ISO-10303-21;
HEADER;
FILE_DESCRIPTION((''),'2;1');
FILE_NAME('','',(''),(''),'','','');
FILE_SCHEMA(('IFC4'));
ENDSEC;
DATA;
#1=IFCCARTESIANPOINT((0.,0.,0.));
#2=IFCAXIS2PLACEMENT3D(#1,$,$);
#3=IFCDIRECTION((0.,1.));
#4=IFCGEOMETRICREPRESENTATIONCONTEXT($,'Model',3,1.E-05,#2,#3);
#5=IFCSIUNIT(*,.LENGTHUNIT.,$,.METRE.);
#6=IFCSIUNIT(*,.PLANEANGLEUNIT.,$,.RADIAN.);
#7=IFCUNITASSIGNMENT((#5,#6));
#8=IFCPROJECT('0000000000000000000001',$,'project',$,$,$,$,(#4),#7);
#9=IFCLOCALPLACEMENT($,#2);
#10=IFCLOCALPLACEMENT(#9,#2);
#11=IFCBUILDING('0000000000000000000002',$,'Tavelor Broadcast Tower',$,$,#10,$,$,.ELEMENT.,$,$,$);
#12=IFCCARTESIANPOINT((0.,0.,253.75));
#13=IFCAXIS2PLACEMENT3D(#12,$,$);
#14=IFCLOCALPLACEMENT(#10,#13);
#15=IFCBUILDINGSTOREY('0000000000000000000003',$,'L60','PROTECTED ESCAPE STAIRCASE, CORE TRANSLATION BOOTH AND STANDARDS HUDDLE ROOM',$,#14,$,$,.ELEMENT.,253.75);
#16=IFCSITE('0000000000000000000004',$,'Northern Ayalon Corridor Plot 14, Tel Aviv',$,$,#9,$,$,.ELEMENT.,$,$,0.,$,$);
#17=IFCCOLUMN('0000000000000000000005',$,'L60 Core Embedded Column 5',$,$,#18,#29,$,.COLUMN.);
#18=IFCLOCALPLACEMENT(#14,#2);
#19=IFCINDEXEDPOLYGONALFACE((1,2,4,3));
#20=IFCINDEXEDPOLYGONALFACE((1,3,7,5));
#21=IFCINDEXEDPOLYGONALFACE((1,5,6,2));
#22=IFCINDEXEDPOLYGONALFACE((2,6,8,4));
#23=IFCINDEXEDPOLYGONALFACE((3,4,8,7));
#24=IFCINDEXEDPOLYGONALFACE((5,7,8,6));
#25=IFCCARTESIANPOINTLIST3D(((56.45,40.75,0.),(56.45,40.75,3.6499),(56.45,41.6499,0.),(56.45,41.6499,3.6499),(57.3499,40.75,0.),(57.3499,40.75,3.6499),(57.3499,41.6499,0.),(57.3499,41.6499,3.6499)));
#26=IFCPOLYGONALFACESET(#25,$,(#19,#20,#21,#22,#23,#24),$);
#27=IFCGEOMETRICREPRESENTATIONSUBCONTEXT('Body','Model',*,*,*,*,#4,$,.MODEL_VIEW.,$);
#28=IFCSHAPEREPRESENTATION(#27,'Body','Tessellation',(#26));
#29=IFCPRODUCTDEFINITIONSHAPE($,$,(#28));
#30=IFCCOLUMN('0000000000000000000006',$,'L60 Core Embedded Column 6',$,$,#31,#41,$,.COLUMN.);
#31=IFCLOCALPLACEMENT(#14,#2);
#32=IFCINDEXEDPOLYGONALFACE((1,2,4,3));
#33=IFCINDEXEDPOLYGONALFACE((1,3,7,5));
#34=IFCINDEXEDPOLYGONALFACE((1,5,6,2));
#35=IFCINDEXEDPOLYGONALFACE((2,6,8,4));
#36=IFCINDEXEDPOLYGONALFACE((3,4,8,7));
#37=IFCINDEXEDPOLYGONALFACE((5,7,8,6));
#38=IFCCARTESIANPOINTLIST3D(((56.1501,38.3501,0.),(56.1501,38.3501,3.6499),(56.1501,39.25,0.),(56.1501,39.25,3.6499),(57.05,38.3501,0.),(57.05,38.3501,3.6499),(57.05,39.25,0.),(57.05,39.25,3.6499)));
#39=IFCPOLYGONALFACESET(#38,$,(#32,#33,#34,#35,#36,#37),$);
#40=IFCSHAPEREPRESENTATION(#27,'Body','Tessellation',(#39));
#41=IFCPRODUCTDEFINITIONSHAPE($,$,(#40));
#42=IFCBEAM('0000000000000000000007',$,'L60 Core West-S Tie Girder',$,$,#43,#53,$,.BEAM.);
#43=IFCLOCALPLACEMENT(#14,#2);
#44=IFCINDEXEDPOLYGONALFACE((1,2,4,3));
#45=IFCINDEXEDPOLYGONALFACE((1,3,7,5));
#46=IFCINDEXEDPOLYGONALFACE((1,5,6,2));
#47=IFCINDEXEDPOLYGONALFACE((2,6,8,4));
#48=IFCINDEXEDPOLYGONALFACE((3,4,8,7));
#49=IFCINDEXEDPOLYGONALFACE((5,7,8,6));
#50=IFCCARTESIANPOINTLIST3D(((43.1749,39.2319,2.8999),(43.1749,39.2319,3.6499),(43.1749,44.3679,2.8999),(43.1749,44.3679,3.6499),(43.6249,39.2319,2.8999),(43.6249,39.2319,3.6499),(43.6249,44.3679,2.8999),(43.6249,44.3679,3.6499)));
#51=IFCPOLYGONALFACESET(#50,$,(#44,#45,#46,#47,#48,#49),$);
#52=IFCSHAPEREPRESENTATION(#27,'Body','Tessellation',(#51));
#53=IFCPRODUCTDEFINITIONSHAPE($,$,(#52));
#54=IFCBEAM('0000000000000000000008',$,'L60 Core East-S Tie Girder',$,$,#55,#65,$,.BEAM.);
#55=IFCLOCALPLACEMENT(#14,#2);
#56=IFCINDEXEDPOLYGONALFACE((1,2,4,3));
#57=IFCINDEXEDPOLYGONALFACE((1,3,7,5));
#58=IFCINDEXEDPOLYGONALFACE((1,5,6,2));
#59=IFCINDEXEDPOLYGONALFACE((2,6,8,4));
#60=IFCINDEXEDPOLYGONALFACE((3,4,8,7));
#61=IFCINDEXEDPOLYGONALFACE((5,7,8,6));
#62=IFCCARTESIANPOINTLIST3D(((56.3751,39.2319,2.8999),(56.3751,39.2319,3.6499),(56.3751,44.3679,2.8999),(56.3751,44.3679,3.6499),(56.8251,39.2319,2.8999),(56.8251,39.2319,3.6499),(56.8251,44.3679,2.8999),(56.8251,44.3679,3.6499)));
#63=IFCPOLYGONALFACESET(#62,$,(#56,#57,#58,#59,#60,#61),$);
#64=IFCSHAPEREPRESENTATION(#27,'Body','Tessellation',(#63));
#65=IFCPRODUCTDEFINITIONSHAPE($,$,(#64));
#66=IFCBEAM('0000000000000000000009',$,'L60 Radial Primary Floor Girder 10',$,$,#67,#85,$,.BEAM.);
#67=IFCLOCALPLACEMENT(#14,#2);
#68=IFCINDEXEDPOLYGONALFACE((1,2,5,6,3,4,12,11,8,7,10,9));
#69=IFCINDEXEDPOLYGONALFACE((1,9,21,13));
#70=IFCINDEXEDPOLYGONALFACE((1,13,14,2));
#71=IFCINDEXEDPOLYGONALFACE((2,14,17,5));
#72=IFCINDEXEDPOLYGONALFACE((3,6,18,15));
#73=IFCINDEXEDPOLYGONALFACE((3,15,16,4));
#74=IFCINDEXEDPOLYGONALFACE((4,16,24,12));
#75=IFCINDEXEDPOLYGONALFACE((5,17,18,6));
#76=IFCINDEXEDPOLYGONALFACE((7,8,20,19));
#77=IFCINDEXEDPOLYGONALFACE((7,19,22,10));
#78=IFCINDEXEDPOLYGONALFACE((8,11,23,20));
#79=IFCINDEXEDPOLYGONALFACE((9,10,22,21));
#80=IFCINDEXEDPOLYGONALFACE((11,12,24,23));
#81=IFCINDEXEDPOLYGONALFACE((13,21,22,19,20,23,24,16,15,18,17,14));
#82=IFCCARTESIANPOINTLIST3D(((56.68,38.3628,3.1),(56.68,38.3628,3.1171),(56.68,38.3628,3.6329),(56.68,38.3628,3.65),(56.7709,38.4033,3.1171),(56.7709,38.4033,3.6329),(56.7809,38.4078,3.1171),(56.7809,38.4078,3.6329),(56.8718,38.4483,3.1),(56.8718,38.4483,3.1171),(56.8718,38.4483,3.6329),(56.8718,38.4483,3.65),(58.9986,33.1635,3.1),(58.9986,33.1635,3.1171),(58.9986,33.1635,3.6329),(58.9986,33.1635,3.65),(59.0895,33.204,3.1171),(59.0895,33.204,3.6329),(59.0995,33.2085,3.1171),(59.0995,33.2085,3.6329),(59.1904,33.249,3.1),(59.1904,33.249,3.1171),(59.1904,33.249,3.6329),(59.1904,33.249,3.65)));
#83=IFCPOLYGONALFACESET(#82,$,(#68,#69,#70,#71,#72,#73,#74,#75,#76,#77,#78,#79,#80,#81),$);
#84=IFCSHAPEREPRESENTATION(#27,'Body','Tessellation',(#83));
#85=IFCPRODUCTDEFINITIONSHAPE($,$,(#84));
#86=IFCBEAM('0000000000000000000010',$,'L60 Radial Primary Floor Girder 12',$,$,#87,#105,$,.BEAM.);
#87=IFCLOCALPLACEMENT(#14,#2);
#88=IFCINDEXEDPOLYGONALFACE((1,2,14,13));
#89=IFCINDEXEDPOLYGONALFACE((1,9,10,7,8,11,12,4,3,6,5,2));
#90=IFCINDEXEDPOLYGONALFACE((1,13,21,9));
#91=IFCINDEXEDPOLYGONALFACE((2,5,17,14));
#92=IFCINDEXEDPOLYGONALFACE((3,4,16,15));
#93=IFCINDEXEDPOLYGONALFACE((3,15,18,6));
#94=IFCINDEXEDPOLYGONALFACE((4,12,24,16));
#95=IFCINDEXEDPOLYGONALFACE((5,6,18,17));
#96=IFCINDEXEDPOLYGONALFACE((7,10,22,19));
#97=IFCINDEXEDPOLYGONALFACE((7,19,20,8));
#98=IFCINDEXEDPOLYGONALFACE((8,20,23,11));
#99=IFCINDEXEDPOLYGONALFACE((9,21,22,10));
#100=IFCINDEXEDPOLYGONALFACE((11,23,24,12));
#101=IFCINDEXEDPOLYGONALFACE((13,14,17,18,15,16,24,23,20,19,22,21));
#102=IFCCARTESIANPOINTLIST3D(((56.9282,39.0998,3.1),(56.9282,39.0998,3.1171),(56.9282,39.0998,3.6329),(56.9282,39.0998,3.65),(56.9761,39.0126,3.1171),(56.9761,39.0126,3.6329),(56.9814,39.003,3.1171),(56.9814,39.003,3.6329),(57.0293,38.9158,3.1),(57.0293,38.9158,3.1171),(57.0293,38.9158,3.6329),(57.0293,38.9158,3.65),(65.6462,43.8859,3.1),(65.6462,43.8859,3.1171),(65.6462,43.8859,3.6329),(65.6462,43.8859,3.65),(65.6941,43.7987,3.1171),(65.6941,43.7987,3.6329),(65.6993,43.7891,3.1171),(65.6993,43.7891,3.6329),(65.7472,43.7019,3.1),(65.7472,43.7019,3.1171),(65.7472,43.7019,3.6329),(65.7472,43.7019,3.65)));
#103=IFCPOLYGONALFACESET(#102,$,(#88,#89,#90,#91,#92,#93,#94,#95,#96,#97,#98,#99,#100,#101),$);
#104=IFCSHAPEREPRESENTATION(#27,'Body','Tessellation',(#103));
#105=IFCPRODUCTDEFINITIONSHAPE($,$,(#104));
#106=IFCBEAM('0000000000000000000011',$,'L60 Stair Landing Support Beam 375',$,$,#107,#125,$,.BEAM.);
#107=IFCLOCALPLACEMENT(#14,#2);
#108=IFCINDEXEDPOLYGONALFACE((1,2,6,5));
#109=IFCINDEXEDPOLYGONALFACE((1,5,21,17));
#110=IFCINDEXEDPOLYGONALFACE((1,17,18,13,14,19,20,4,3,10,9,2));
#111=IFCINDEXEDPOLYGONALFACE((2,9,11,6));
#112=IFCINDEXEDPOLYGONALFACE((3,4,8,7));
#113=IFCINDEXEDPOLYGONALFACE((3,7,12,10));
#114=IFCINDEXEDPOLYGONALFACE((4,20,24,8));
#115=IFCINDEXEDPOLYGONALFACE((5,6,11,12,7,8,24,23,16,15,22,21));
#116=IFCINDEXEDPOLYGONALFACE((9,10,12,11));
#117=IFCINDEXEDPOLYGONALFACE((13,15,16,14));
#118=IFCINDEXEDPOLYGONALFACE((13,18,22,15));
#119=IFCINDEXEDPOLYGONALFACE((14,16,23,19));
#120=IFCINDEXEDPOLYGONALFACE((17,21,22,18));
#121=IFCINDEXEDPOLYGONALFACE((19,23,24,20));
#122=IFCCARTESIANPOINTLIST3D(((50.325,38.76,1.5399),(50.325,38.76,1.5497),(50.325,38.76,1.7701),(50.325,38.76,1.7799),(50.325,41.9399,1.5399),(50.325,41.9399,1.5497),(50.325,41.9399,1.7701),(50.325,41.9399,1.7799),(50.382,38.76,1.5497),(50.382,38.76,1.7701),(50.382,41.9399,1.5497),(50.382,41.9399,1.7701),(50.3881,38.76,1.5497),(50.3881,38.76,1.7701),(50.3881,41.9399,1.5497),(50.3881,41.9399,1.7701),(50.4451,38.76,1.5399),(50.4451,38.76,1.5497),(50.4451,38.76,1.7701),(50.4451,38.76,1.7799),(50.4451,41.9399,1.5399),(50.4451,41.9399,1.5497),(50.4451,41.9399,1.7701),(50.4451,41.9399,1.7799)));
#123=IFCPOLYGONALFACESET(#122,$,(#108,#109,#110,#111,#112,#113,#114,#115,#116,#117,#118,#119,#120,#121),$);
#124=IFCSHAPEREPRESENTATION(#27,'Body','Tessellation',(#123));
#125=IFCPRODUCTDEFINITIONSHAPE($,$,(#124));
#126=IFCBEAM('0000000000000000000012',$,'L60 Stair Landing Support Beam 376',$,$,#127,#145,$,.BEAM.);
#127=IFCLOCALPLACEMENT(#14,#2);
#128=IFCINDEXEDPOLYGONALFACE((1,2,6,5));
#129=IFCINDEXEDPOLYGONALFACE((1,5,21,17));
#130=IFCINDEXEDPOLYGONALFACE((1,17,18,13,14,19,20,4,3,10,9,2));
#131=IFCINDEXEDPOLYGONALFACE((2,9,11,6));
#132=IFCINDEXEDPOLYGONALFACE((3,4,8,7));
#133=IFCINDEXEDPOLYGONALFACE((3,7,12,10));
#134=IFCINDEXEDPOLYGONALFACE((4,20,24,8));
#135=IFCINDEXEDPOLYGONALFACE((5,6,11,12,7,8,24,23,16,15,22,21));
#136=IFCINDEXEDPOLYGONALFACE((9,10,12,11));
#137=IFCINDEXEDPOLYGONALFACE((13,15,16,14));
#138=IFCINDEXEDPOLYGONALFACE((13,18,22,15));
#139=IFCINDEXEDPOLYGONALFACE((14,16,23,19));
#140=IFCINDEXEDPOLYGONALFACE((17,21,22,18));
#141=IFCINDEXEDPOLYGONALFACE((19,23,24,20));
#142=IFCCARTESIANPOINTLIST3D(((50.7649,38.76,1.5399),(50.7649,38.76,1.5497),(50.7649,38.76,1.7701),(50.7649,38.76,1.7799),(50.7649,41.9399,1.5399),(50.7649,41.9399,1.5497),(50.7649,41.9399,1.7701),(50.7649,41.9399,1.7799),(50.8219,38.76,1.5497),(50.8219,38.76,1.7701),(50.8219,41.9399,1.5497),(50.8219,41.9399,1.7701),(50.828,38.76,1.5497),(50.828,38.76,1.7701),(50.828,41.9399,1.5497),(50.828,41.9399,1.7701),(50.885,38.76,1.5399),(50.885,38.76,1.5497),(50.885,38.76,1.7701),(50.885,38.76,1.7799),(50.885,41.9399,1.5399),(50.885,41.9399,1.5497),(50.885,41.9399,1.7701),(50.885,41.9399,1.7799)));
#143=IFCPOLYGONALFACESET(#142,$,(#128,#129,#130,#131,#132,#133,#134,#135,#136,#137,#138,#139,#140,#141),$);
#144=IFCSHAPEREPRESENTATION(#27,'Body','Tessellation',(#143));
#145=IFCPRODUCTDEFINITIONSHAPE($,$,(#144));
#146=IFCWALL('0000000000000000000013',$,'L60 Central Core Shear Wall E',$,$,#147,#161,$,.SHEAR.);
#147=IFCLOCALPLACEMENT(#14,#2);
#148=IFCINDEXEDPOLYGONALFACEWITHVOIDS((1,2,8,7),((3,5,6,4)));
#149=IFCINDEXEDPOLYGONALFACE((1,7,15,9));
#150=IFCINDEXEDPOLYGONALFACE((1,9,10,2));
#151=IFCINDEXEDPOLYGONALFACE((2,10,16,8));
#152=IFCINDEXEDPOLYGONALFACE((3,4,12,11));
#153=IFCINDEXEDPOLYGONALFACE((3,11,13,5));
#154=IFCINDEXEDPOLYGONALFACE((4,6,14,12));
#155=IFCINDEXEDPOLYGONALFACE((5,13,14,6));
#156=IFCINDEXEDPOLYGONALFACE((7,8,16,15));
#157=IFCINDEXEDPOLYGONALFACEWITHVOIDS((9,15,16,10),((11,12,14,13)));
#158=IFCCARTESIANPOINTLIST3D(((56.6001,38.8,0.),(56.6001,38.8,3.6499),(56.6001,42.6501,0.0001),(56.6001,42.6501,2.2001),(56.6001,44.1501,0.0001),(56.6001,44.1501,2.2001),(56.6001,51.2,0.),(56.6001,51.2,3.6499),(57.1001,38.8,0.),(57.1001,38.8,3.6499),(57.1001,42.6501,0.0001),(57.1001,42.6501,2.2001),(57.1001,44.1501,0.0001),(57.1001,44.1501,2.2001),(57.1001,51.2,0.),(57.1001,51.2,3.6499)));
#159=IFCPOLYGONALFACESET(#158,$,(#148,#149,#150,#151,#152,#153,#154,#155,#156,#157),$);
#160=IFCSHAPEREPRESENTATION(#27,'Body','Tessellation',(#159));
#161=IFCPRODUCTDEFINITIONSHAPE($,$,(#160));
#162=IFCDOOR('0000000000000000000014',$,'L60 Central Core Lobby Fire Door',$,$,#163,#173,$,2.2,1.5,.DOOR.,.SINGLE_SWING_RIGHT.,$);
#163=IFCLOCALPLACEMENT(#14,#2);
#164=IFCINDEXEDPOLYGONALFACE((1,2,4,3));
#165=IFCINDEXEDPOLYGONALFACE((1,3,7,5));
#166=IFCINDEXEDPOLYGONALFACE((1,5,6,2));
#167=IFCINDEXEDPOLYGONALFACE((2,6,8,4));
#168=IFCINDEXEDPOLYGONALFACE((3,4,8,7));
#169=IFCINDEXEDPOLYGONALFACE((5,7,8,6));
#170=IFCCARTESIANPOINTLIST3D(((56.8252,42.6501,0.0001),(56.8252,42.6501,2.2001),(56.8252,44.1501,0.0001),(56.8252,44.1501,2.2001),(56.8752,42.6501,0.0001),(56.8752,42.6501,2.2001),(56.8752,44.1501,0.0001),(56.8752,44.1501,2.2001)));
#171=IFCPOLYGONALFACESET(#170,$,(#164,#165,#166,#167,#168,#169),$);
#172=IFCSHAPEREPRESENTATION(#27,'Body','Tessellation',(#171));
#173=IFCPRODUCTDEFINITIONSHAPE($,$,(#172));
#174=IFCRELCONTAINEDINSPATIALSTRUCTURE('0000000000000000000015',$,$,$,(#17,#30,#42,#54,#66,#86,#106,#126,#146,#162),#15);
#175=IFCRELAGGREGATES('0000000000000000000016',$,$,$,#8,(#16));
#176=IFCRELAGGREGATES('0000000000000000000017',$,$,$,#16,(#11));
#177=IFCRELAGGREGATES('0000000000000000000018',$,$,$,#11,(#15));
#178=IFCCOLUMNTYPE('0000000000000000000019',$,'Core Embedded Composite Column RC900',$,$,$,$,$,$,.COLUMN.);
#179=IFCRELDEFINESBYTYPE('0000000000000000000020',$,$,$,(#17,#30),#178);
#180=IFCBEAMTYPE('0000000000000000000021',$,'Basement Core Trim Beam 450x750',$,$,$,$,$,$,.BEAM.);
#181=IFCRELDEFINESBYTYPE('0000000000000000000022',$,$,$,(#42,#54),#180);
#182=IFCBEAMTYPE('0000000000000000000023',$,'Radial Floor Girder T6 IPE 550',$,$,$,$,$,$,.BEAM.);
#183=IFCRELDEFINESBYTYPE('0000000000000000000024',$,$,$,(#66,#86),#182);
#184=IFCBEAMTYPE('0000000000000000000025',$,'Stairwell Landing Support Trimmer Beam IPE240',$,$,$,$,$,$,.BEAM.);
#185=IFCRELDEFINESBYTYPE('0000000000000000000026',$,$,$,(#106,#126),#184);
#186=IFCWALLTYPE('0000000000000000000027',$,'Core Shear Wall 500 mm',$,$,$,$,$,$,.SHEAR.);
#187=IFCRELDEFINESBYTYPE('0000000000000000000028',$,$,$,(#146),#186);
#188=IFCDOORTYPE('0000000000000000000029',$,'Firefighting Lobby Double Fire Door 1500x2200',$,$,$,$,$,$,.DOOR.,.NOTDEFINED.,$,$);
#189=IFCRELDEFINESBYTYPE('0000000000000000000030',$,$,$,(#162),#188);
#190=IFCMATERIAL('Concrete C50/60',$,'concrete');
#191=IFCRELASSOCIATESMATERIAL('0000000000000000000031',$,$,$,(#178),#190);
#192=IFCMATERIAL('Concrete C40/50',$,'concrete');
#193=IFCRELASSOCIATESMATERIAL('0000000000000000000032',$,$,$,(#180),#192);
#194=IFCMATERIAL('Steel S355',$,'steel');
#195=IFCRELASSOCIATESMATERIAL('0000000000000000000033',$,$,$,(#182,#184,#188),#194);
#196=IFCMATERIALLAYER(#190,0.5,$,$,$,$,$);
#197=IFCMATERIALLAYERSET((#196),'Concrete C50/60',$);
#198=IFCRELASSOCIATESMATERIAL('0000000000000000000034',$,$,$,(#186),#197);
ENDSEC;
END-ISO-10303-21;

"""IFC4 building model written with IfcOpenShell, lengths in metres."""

from ifc_helpers import new_model, si_unit, direction, frame, frame_2d, origin, origin_2d, place, context, subcontext, project, spatial, rectangle, i_section, extrude, material, layer, layer_set, material_profile, profile_set, type_object, element, fill, save


model = new_model("IFC4")

# Units and contexts
model_context = context("Model", 3, precision=1e-05, world=origin(), true_north=direction((0.0, 1.0)))
body_context = subcontext(model_context, "Body", "Model", "MODEL_VIEW")
ifc_project = project(units=[si_unit("LENGTHUNIT", "METRE"), si_unit("PLANEANGLEUNIT", "RADIAN")], contexts=[model_context])

# Site, building, storey
site_placement = place(None, origin())
site = spatial("IfcSite", under=ifc_project, at=site_placement, Name="Northern Ayalon Corridor Plot 14, Tel Aviv", CompositionType="ELEMENT", RefElevation=0.0)
building_placement = place(site_placement, origin())
building = spatial("IfcBuilding", under=site, at=building_placement, Name="Tavelor Broadcast Tower", CompositionType="ELEMENT")
storey_placement = place(building_placement, frame((0.0, 0.0, 253.75)))
storey = spatial("IfcBuildingStorey", under=building, at=storey_placement, Name="L60", Description="PROTECTED ESCAPE STAIRCASE, CORE TRANSLATION BOOTH AND STANDARDS HUDDLE ROOM", CompositionType="ELEMENT", Elevation=253.75)

# Columns
ifc_material_1 = material(Name="Concrete C50/60", Category="concrete")
ifc_material_profile_1 = material_profile(ifc_material_1, rectangle(XDim=0.8999, YDim=0.8999, at=origin_2d()), Name="RC 900x900")
ifc_profile_set_1 = profile_set([ifc_material_profile_1], Name="Concrete C50/60")
column_type = type_object("IfcColumnType", Name="Core Embedded Composite Column RC900", PredefinedType="COLUMN", material=ifc_profile_set_1)
for number, where, z_axis, x_axis, name in (
    (1, (56.8999, 41.2, 0.0), (0.0, 0.0, 1.0), (1.0, 0.0, 0.0), "L60 Core Embedded Column 5"),
    (2, (56.6001, 38.8, 0.0), (0.0, 0.0, 1.0), (1.0, 0.0, 0.0), "L60 Core Embedded Column 6"),
):
    element("IfcColumn", number, at=place(storey_placement, frame(where, z_axis=z_axis, x_axis=x_axis)), inside=storey, type_object=column_type, Name=name, PredefinedType="COLUMN", context=body_context, shape_type="SweptSolid", body=[
        extrude(rectangle(XDim=0.8999, YDim=0.8999, at=origin_2d()), origin(), (0.0, 0.0, 1.0), 3.6499),
    ])

# Beams
ifc_material_2 = material(Name="Concrete C40/50", Category="concrete")
ifc_material_profile_2 = material_profile(ifc_material_2, rectangle(XDim=0.45, YDim=0.75, at=origin_2d()), Name="RC 450x750")
ifc_profile_set_2 = profile_set([ifc_material_profile_2], Name="Concrete C40/50")
beam_type_1 = type_object("IfcBeamType", Name="Basement Core Trim Beam 450x750", PredefinedType="BEAM", material=ifc_profile_set_2)
for number, where, z_axis, x_axis, name in (
    (3, (43.3999, 39.2319, 3.2749), (0.0, 1.0, 0.0), (-1.0, 0.0, 0.0), "L60 Core West-S Tie Girder"),
    (4, (56.6001, 39.2319, 3.2749), (0.0, 1.0, 0.0), (-1.0, 0.0, 0.0), "L60 Core East-S Tie Girder"),
):
    element("IfcBeam", number, at=place(storey_placement, frame(where, z_axis=z_axis, x_axis=x_axis)), inside=storey, type_object=beam_type_1, Name=name, PredefinedType="BEAM", context=body_context, shape_type="SweptSolid", body=[
        extrude(rectangle(XDim=0.45, YDim=0.75, at=origin_2d()), origin(), (0.0, 0.0, 1.0), 5.136),
    ])
ifc_material_3 = material(Name="Steel S355", Category="steel")
ifc_material_profile_3 = material_profile(ifc_material_3, i_section(OverallWidth=0.21, OverallDepth=0.55, WebThickness=0.011, FlangeThickness=0.0171, at=origin_2d()), Name="IPE 550")
ifc_profile_set_3 = profile_set([ifc_material_profile_3], Name="Steel S355")
beam_type_2 = type_object("IfcBeamType", Name="Radial Floor Girder T6 IPE 550", PredefinedType="BEAM", material=ifc_profile_set_3)
beam_1_placement = place(storey_placement, frame((56.7759, 38.4055, 3.375), z_axis=(0.407288, -0.9133, 0.0), x_axis=(0.9133, 0.407288, 0.0)))
element("IfcBeam", 5, at=beam_1_placement, inside=storey, type_object=beam_type_2, Name="L60 Radial Primary Floor Girder 10", PredefinedType="BEAM", context=body_context, shape_type="SweptSolid", body=[
    extrude(i_section(OverallWidth=0.21, OverallDepth=0.55, WebThickness=0.011, FlangeThickness=0.0171, at=origin_2d()), origin(), (0.0, 0.0, 1.0), 5.6929),
])
beam_2_placement = place(storey_placement, frame((56.9788, 39.0078, 3.375), z_axis=(0.876588, 0.481241, 0.0), x_axis=(-0.481241, 0.876588, 0.0)))
element("IfcBeam", 6, at=beam_2_placement, inside=storey, type_object=beam_type_2, Name="L60 Radial Primary Floor Girder 12", PredefinedType="BEAM", context=body_context, shape_type="SweptSolid", body=[
    extrude(i_section(OverallWidth=0.21, OverallDepth=0.55, WebThickness=0.011, FlangeThickness=0.0171, at=origin_2d()), origin(), (0.0, 0.0, 1.0), 9.9453),
])
ifc_material_profile_4 = material_profile(ifc_material_3, i_section(OverallWidth=0.1201, OverallDepth=0.24, WebThickness=0.0061, FlangeThickness=0.0098, at=origin_2d()), Name="IPE 240")
ifc_profile_set_4 = profile_set([ifc_material_profile_4], Name="Steel S355")
beam_type_3 = type_object("IfcBeamType", Name="Stairwell Landing Support Trimmer Beam IPE240", PredefinedType="BEAM", material=ifc_profile_set_4)
for number, where, z_axis, x_axis, name in (
    (7, (50.385, 38.76, 1.6599), (0.0, 1.0, 0.0), (-1.0, 0.0, 0.0), "L60 Stair Landing Support Beam 375"),
    (8, (50.825, 38.76, 1.6599), (0.0, 1.0, 0.0), (-1.0, 0.0, 0.0), "L60 Stair Landing Support Beam 376"),
):
    element("IfcBeam", number, at=place(storey_placement, frame(where, z_axis=z_axis, x_axis=x_axis)), inside=storey, type_object=beam_type_3, Name=name, PredefinedType="BEAM", context=body_context, shape_type="SweptSolid", body=[
        extrude(i_section(OverallWidth=0.1201, OverallDepth=0.24, WebThickness=0.0061, FlangeThickness=0.0098, at=origin_2d()), origin(), (0.0, 0.0, 1.0), 3.1799),
    ])

# Wall, opening, door
ifc_layer_1 = layer(ifc_material_1, 0.5)
ifc_layer_set_1 = layer_set([ifc_layer_1], Name="Concrete C50/60")
wall_type_1 = type_object("IfcWallType", Name="Core Shear Wall 500 mm", PredefinedType="SHEAR", material=ifc_layer_set_1)
wall_1_placement = place(storey_placement, frame((56.8501, 38.8, 0.0), z_axis=(0.0, 0.0, 1.0), x_axis=(0.0, 1.0, 0.0)))
wall_1 = element("IfcWall", 9, at=wall_1_placement, inside=storey, type_object=wall_type_1, Name="L60 Central Core Shear Wall E", PredefinedType="SHEAR", context=body_context, shape_type="SweptSolid", body=[
    extrude(rectangle(XDim=12.3999, YDim=0.5, at=frame_2d((6.2, 0.0))), origin(), (0.0, 0.0, 1.0), 3.6499),
])
opening_1_placement = place(wall_1_placement, frame((3.8501, 0.0, 0.0)))
opening_1 = element("IfcOpeningElement", 10, at=opening_1_placement, cuts=wall_1, PredefinedType="OPENING", context=body_context, shape_type="SweptSolid", body=[
    extrude(rectangle(XDim=1.5, YDim=2.2, at=frame_2d((0.75, 1.1001))), frame((0.0, 0.26, 0.0), z_axis=(0.0, -1.0, 0.0), x_axis=(1.0, 0.0, 0.0)), (0.0, 0.0, 1.0), 0.52),
])
door_type_1 = type_object("IfcDoorType", Name="Firefighting Lobby Double Fire Door 1500x2200", OperationType="NOTDEFINED", PredefinedType="DOOR", material=ifc_material_3)
door_1_placement = place(opening_1_placement, origin())
door_1 = element("IfcDoor", 11, at=door_1_placement, inside=storey, type_object=door_type_1, Name="L60 Central Core Lobby Fire Door", OperationType="SINGLE_SWING_RIGHT", OverallHeight=2.2, OverallWidth=1.5, PredefinedType="DOOR", context=body_context, shape_type="SweptSolid", body=[
    extrude(rectangle(XDim=1.5, YDim=2.2, at=frame_2d((0.75, 1.1001))), frame((0.0, 0.0249, 0.0), z_axis=(0.0, -1.0, 0.0), x_axis=(1.0, 0.0, 0.0)), (0.0, 0.0, 1.0), 0.05),
])
fill(opening_1, door_1)

save(model, "model.ifc")
